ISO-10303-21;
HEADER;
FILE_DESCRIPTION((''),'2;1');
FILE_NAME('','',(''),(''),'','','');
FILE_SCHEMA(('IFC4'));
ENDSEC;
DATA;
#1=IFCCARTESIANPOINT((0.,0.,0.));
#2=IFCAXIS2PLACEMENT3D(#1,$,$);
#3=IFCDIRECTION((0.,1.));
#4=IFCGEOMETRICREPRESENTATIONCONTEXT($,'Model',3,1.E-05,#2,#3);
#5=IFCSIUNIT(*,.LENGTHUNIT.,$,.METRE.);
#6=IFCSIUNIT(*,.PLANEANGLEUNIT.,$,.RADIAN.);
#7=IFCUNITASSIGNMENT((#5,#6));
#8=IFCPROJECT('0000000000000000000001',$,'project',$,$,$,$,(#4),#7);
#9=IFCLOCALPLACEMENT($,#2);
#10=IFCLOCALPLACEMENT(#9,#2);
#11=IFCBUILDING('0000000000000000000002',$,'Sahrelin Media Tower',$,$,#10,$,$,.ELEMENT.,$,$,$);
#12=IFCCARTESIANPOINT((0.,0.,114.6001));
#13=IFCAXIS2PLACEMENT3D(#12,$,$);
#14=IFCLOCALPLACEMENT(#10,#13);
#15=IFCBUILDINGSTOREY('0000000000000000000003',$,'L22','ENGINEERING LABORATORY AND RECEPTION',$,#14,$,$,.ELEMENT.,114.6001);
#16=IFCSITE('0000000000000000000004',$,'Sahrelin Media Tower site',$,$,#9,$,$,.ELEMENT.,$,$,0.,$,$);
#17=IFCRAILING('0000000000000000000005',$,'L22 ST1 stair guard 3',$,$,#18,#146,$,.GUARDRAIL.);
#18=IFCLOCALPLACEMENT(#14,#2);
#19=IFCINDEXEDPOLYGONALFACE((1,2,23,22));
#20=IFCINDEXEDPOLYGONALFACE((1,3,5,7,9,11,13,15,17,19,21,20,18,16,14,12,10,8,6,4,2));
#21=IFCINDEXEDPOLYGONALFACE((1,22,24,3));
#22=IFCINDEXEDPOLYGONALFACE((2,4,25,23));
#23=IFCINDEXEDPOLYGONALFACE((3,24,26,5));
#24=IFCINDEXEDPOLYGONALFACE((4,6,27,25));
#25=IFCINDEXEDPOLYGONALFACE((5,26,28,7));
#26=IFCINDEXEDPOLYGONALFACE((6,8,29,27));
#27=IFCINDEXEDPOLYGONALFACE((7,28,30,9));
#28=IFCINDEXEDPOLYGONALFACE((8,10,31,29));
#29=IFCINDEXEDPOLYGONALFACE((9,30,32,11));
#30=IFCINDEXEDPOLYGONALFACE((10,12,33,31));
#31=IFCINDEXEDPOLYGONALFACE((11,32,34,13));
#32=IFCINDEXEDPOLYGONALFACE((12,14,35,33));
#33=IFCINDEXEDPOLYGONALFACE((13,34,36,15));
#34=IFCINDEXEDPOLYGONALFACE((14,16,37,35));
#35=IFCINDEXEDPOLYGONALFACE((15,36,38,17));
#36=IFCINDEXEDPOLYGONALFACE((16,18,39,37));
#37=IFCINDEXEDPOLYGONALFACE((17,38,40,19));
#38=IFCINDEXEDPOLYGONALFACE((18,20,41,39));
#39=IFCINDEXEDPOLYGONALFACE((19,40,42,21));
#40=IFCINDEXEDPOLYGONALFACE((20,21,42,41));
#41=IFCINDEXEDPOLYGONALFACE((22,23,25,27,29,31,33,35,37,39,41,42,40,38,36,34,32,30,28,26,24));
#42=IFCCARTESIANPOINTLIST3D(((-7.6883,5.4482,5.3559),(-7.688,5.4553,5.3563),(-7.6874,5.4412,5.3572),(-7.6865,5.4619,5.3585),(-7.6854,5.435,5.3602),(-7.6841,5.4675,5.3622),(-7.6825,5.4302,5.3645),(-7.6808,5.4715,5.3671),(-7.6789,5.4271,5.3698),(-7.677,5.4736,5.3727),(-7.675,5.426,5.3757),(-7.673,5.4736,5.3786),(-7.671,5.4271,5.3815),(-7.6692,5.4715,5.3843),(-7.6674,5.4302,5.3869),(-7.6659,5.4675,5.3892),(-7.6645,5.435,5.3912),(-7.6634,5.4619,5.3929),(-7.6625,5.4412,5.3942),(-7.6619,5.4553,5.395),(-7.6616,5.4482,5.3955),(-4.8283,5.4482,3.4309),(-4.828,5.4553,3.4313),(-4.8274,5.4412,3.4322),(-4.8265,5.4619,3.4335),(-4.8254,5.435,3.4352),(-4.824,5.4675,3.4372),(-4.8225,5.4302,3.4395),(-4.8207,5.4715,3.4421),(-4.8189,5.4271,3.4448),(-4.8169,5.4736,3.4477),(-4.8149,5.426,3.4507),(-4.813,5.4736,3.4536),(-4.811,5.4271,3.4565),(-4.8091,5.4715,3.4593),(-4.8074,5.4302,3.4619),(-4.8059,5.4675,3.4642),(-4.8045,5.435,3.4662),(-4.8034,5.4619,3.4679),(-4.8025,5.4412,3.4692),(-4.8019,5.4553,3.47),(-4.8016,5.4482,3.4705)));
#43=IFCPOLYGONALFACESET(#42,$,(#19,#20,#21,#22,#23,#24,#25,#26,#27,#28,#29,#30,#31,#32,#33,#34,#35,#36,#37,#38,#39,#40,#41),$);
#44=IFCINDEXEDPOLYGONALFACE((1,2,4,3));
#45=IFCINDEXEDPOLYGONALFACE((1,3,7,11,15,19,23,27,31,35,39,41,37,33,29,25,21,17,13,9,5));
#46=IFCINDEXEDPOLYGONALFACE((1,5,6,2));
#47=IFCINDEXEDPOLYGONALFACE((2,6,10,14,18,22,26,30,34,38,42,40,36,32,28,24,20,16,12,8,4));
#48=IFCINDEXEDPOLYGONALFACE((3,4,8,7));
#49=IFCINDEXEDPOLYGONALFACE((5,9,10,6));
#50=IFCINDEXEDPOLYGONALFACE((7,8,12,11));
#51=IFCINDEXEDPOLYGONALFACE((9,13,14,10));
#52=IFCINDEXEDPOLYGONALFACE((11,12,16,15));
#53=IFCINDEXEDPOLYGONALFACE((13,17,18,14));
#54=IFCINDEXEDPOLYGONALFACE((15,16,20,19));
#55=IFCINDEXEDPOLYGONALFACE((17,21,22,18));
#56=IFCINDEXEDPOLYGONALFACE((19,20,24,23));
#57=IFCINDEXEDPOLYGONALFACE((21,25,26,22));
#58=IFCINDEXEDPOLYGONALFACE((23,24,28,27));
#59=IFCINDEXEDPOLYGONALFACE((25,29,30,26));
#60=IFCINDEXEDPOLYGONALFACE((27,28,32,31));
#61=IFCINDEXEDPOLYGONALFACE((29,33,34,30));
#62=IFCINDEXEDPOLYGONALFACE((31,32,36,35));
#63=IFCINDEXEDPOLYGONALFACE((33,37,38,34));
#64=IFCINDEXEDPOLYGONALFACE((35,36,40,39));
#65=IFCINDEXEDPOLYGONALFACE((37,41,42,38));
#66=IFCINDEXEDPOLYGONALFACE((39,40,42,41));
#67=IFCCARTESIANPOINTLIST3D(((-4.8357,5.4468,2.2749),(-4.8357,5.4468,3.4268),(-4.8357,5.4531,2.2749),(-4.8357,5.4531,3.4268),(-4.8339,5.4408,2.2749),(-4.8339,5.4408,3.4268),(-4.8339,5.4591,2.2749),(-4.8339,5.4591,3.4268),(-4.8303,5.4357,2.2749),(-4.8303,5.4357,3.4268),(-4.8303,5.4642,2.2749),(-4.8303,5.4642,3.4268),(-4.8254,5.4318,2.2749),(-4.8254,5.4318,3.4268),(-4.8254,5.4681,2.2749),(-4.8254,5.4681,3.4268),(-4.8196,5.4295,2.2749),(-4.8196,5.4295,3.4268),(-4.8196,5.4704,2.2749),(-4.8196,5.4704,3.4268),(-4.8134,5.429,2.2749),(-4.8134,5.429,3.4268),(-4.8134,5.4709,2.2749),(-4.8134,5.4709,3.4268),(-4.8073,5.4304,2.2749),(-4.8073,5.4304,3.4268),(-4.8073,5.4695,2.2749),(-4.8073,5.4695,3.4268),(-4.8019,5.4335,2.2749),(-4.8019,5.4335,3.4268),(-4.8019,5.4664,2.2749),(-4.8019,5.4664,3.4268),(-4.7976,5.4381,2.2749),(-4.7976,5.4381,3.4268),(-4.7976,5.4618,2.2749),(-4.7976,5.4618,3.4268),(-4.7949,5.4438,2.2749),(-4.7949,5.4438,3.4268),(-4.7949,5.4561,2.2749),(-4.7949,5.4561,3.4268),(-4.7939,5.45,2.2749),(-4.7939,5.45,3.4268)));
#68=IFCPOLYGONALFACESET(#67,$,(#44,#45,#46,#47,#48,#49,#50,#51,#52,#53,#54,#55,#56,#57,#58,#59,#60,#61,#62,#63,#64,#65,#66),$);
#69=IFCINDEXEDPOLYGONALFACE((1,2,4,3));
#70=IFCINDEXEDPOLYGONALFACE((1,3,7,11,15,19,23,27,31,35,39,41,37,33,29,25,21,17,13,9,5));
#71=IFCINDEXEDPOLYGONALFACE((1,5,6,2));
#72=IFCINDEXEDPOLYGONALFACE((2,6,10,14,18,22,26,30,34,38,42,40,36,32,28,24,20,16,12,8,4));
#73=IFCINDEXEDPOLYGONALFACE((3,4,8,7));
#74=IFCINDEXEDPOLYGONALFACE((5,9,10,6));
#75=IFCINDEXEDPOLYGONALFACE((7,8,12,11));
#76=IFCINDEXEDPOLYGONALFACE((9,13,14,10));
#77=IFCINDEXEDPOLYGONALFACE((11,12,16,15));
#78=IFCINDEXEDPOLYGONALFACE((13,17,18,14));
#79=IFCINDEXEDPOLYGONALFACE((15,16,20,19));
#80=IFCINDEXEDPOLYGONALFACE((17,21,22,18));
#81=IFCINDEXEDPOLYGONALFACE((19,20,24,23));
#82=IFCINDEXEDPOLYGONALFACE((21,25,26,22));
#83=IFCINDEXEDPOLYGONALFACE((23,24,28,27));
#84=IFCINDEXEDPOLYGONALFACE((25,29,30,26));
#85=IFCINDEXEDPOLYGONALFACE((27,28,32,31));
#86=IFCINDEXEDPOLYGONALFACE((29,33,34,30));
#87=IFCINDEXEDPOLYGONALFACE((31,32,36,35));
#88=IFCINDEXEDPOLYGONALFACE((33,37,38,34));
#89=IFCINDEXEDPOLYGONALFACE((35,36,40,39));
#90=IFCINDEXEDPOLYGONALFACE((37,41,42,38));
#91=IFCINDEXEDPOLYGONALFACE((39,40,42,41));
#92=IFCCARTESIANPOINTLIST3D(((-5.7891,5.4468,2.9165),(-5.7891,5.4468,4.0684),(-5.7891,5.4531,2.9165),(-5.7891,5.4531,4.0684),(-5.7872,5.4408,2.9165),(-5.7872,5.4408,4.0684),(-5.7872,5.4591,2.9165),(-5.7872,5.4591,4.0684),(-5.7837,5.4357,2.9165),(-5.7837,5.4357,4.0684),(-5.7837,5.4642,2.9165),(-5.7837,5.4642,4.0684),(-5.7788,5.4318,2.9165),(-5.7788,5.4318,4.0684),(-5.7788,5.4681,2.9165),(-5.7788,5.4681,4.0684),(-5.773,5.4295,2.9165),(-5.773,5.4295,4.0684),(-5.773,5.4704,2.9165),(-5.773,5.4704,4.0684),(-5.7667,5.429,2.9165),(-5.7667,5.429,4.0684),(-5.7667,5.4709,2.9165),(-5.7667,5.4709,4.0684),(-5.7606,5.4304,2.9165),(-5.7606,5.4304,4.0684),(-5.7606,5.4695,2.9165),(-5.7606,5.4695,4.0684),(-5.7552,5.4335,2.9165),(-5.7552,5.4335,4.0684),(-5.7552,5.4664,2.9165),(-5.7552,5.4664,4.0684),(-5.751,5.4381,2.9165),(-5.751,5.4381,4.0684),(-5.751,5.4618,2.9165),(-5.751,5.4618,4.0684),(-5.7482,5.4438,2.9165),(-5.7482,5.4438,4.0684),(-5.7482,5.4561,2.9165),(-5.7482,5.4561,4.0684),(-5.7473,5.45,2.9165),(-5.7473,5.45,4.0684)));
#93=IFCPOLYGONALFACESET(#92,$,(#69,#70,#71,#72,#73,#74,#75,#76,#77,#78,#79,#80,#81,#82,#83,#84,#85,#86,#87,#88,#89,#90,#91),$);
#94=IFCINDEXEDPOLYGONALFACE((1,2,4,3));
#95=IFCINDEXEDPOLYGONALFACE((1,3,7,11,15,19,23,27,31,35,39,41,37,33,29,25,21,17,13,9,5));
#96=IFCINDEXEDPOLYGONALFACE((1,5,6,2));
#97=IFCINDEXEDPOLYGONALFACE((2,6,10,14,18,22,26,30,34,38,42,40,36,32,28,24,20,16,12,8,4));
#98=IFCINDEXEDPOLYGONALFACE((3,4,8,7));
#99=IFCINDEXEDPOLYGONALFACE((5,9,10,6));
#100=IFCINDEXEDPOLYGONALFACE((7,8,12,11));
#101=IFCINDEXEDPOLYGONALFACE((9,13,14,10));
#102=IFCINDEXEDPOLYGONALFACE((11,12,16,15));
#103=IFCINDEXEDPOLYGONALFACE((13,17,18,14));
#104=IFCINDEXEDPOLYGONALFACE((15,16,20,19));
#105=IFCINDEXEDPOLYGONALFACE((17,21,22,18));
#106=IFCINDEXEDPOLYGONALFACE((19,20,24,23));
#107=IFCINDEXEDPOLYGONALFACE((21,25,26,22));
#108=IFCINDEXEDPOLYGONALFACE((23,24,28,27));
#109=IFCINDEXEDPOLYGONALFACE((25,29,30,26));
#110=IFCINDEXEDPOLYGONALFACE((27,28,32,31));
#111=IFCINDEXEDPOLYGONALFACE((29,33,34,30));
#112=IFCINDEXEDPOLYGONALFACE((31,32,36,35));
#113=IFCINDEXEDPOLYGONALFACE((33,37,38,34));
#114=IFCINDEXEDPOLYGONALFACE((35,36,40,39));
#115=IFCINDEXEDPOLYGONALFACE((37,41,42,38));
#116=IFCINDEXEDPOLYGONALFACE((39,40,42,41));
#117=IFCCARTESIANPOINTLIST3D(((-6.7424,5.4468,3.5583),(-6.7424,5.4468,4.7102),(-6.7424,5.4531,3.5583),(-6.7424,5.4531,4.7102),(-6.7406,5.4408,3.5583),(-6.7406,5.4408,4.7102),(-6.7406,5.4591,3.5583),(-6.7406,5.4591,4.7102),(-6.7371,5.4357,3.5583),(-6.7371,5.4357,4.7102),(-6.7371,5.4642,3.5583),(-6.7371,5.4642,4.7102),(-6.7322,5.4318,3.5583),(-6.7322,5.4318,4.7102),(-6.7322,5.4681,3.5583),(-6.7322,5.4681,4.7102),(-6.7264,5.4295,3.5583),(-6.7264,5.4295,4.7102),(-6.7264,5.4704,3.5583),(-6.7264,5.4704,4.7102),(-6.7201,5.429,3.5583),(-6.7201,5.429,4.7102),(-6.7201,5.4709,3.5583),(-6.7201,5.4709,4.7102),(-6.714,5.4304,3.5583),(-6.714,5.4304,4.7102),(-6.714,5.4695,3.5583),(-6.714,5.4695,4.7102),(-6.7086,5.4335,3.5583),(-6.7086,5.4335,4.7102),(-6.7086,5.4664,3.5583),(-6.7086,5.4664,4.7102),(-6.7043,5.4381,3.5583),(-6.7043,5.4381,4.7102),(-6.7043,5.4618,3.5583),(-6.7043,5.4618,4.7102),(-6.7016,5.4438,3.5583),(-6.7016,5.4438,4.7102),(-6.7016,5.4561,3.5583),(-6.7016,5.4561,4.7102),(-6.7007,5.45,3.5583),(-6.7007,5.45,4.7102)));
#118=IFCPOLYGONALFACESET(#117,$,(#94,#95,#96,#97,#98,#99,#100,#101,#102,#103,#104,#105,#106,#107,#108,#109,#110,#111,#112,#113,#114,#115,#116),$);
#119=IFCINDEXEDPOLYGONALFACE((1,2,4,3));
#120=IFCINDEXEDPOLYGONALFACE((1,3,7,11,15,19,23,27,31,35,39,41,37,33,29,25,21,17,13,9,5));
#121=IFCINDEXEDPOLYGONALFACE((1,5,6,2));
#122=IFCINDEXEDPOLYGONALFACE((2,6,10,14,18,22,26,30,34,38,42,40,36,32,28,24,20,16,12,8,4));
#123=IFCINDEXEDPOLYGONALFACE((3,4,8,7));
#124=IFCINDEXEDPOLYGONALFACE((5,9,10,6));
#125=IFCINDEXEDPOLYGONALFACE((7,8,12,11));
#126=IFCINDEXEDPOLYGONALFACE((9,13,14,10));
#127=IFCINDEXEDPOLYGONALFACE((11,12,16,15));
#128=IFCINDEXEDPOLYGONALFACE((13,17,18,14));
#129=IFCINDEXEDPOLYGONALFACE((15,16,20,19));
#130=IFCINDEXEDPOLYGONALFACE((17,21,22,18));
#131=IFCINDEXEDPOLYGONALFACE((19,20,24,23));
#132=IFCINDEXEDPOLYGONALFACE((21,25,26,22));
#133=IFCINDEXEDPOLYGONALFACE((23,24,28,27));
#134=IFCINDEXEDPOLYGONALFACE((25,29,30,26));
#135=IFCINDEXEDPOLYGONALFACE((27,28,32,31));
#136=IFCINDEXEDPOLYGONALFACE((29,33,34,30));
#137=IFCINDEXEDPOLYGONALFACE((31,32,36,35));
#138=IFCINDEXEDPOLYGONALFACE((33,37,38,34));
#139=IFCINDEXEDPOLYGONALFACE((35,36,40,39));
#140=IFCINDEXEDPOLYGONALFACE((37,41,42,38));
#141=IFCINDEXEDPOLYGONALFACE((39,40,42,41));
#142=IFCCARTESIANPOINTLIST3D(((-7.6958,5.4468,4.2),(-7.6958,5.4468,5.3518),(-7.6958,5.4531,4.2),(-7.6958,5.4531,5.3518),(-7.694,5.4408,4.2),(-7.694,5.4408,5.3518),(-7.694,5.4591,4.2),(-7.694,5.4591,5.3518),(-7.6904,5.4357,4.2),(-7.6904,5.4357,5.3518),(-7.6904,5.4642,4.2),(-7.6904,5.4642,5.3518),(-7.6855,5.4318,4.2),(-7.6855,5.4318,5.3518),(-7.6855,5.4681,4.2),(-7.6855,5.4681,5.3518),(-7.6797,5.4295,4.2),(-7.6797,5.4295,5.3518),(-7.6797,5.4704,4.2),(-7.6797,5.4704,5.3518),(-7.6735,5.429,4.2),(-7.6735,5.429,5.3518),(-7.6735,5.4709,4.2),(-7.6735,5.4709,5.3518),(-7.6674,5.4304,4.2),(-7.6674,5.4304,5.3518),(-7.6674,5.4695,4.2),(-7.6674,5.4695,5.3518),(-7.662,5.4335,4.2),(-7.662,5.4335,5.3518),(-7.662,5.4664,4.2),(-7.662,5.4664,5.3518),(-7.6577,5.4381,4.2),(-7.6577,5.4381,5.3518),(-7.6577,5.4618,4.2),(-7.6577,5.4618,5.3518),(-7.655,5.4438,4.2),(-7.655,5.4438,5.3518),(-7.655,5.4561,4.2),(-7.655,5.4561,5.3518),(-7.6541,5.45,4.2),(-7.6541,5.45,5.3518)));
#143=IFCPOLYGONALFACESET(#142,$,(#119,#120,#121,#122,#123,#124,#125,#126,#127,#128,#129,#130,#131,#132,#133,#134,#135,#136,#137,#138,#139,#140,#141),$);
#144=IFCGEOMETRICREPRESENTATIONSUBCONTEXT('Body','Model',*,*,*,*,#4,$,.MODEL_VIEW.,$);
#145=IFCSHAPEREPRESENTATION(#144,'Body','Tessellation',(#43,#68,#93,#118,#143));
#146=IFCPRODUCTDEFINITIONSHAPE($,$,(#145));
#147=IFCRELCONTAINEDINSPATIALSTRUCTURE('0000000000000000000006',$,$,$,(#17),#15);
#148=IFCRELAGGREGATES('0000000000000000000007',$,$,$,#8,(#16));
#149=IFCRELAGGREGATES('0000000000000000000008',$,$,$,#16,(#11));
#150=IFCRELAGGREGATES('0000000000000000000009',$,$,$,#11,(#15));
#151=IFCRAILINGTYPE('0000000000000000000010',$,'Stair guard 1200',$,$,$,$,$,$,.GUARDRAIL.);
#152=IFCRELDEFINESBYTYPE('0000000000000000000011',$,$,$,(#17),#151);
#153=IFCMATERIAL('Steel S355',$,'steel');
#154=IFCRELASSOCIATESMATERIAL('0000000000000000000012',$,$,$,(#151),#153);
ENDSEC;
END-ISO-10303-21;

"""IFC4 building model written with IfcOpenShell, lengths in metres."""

from ifc_helpers import new_model, si_unit, direction, frame, origin, origin_2d, place, context, subcontext, project, spatial, circle, extrude, material, type_object, element, save


model = new_model("IFC4")

# Units and contexts
model_context = context("Model", 3, precision=1e-05, world=origin(), true_north=direction((0.0, 1.0)))
body_context = subcontext(model_context, "Body", "Model", "MODEL_VIEW")
ifc_project = project(units=[si_unit("LENGTHUNIT", "METRE"), si_unit("PLANEANGLEUNIT", "RADIAN")], contexts=[model_context])

# Site, building, storey
site_placement = place(None, origin())
site = spatial("IfcSite", under=ifc_project, at=site_placement, Name="Sahrelin Media Tower site", CompositionType="ELEMENT", RefElevation=0.0)
building_placement = place(site_placement, origin())
building = spatial("IfcBuilding", under=site, at=building_placement, Name="Sahrelin Media Tower", CompositionType="ELEMENT")
storey_placement = place(building_placement, frame((0.0, 0.0, 114.6001)))
storey = spatial("IfcBuildingStorey", under=building, at=storey_placement, Name="L22", Description="ENGINEERING LABORATORY AND RECEPTION", CompositionType="ELEMENT", Elevation=114.6001)

# Shared definitions
ifc_material_1 = material(Name="Steel S355", Category="steel")

# Railing
railing_type_1 = type_object("IfcRailingType", Name="Stair guard 1200", PredefinedType="GUARDRAIL", material=ifc_material_1)
railing_1_placement = place(storey_placement, frame((-4.8149, 5.45, 2.2749)))
element("IfcRailing", 1, at=railing_1_placement, inside=storey, type_object=railing_type_1, Name="L22 ST1 stair guard 3", PredefinedType="GUARDRAIL", context=body_context, shape_type="SweptSolid", body=[
    extrude(circle(Radius=0.0239, at=origin_2d()), frame((0.0, 0.0, 1.1758), z_axis=(-0.829591, 0.0, 0.558372), x_axis=(0.0, -1.0, 0.0)), (0.0, 0.0, 1.0), 3.4475),
    extrude(circle(Radius=0.021, at=origin_2d()), origin(), (0.0, 0.0, 1.0), 1.1519),
    extrude(circle(Radius=0.021, at=origin_2d()), frame((-0.9534, 0.0, 0.6416)), (0.0, 0.0, 1.0), 1.1519),
    extrude(circle(Radius=0.021, at=origin_2d()), frame((-1.9067, 0.0, 1.2834)), (0.0, 0.0, 1.0), 1.1519),
    extrude(circle(Radius=0.021, at=origin_2d()), frame((-2.8601, 0.0, 1.925)), (0.0, 0.0, 1.0), 1.1519),
])

save(model, "model.ifc")
